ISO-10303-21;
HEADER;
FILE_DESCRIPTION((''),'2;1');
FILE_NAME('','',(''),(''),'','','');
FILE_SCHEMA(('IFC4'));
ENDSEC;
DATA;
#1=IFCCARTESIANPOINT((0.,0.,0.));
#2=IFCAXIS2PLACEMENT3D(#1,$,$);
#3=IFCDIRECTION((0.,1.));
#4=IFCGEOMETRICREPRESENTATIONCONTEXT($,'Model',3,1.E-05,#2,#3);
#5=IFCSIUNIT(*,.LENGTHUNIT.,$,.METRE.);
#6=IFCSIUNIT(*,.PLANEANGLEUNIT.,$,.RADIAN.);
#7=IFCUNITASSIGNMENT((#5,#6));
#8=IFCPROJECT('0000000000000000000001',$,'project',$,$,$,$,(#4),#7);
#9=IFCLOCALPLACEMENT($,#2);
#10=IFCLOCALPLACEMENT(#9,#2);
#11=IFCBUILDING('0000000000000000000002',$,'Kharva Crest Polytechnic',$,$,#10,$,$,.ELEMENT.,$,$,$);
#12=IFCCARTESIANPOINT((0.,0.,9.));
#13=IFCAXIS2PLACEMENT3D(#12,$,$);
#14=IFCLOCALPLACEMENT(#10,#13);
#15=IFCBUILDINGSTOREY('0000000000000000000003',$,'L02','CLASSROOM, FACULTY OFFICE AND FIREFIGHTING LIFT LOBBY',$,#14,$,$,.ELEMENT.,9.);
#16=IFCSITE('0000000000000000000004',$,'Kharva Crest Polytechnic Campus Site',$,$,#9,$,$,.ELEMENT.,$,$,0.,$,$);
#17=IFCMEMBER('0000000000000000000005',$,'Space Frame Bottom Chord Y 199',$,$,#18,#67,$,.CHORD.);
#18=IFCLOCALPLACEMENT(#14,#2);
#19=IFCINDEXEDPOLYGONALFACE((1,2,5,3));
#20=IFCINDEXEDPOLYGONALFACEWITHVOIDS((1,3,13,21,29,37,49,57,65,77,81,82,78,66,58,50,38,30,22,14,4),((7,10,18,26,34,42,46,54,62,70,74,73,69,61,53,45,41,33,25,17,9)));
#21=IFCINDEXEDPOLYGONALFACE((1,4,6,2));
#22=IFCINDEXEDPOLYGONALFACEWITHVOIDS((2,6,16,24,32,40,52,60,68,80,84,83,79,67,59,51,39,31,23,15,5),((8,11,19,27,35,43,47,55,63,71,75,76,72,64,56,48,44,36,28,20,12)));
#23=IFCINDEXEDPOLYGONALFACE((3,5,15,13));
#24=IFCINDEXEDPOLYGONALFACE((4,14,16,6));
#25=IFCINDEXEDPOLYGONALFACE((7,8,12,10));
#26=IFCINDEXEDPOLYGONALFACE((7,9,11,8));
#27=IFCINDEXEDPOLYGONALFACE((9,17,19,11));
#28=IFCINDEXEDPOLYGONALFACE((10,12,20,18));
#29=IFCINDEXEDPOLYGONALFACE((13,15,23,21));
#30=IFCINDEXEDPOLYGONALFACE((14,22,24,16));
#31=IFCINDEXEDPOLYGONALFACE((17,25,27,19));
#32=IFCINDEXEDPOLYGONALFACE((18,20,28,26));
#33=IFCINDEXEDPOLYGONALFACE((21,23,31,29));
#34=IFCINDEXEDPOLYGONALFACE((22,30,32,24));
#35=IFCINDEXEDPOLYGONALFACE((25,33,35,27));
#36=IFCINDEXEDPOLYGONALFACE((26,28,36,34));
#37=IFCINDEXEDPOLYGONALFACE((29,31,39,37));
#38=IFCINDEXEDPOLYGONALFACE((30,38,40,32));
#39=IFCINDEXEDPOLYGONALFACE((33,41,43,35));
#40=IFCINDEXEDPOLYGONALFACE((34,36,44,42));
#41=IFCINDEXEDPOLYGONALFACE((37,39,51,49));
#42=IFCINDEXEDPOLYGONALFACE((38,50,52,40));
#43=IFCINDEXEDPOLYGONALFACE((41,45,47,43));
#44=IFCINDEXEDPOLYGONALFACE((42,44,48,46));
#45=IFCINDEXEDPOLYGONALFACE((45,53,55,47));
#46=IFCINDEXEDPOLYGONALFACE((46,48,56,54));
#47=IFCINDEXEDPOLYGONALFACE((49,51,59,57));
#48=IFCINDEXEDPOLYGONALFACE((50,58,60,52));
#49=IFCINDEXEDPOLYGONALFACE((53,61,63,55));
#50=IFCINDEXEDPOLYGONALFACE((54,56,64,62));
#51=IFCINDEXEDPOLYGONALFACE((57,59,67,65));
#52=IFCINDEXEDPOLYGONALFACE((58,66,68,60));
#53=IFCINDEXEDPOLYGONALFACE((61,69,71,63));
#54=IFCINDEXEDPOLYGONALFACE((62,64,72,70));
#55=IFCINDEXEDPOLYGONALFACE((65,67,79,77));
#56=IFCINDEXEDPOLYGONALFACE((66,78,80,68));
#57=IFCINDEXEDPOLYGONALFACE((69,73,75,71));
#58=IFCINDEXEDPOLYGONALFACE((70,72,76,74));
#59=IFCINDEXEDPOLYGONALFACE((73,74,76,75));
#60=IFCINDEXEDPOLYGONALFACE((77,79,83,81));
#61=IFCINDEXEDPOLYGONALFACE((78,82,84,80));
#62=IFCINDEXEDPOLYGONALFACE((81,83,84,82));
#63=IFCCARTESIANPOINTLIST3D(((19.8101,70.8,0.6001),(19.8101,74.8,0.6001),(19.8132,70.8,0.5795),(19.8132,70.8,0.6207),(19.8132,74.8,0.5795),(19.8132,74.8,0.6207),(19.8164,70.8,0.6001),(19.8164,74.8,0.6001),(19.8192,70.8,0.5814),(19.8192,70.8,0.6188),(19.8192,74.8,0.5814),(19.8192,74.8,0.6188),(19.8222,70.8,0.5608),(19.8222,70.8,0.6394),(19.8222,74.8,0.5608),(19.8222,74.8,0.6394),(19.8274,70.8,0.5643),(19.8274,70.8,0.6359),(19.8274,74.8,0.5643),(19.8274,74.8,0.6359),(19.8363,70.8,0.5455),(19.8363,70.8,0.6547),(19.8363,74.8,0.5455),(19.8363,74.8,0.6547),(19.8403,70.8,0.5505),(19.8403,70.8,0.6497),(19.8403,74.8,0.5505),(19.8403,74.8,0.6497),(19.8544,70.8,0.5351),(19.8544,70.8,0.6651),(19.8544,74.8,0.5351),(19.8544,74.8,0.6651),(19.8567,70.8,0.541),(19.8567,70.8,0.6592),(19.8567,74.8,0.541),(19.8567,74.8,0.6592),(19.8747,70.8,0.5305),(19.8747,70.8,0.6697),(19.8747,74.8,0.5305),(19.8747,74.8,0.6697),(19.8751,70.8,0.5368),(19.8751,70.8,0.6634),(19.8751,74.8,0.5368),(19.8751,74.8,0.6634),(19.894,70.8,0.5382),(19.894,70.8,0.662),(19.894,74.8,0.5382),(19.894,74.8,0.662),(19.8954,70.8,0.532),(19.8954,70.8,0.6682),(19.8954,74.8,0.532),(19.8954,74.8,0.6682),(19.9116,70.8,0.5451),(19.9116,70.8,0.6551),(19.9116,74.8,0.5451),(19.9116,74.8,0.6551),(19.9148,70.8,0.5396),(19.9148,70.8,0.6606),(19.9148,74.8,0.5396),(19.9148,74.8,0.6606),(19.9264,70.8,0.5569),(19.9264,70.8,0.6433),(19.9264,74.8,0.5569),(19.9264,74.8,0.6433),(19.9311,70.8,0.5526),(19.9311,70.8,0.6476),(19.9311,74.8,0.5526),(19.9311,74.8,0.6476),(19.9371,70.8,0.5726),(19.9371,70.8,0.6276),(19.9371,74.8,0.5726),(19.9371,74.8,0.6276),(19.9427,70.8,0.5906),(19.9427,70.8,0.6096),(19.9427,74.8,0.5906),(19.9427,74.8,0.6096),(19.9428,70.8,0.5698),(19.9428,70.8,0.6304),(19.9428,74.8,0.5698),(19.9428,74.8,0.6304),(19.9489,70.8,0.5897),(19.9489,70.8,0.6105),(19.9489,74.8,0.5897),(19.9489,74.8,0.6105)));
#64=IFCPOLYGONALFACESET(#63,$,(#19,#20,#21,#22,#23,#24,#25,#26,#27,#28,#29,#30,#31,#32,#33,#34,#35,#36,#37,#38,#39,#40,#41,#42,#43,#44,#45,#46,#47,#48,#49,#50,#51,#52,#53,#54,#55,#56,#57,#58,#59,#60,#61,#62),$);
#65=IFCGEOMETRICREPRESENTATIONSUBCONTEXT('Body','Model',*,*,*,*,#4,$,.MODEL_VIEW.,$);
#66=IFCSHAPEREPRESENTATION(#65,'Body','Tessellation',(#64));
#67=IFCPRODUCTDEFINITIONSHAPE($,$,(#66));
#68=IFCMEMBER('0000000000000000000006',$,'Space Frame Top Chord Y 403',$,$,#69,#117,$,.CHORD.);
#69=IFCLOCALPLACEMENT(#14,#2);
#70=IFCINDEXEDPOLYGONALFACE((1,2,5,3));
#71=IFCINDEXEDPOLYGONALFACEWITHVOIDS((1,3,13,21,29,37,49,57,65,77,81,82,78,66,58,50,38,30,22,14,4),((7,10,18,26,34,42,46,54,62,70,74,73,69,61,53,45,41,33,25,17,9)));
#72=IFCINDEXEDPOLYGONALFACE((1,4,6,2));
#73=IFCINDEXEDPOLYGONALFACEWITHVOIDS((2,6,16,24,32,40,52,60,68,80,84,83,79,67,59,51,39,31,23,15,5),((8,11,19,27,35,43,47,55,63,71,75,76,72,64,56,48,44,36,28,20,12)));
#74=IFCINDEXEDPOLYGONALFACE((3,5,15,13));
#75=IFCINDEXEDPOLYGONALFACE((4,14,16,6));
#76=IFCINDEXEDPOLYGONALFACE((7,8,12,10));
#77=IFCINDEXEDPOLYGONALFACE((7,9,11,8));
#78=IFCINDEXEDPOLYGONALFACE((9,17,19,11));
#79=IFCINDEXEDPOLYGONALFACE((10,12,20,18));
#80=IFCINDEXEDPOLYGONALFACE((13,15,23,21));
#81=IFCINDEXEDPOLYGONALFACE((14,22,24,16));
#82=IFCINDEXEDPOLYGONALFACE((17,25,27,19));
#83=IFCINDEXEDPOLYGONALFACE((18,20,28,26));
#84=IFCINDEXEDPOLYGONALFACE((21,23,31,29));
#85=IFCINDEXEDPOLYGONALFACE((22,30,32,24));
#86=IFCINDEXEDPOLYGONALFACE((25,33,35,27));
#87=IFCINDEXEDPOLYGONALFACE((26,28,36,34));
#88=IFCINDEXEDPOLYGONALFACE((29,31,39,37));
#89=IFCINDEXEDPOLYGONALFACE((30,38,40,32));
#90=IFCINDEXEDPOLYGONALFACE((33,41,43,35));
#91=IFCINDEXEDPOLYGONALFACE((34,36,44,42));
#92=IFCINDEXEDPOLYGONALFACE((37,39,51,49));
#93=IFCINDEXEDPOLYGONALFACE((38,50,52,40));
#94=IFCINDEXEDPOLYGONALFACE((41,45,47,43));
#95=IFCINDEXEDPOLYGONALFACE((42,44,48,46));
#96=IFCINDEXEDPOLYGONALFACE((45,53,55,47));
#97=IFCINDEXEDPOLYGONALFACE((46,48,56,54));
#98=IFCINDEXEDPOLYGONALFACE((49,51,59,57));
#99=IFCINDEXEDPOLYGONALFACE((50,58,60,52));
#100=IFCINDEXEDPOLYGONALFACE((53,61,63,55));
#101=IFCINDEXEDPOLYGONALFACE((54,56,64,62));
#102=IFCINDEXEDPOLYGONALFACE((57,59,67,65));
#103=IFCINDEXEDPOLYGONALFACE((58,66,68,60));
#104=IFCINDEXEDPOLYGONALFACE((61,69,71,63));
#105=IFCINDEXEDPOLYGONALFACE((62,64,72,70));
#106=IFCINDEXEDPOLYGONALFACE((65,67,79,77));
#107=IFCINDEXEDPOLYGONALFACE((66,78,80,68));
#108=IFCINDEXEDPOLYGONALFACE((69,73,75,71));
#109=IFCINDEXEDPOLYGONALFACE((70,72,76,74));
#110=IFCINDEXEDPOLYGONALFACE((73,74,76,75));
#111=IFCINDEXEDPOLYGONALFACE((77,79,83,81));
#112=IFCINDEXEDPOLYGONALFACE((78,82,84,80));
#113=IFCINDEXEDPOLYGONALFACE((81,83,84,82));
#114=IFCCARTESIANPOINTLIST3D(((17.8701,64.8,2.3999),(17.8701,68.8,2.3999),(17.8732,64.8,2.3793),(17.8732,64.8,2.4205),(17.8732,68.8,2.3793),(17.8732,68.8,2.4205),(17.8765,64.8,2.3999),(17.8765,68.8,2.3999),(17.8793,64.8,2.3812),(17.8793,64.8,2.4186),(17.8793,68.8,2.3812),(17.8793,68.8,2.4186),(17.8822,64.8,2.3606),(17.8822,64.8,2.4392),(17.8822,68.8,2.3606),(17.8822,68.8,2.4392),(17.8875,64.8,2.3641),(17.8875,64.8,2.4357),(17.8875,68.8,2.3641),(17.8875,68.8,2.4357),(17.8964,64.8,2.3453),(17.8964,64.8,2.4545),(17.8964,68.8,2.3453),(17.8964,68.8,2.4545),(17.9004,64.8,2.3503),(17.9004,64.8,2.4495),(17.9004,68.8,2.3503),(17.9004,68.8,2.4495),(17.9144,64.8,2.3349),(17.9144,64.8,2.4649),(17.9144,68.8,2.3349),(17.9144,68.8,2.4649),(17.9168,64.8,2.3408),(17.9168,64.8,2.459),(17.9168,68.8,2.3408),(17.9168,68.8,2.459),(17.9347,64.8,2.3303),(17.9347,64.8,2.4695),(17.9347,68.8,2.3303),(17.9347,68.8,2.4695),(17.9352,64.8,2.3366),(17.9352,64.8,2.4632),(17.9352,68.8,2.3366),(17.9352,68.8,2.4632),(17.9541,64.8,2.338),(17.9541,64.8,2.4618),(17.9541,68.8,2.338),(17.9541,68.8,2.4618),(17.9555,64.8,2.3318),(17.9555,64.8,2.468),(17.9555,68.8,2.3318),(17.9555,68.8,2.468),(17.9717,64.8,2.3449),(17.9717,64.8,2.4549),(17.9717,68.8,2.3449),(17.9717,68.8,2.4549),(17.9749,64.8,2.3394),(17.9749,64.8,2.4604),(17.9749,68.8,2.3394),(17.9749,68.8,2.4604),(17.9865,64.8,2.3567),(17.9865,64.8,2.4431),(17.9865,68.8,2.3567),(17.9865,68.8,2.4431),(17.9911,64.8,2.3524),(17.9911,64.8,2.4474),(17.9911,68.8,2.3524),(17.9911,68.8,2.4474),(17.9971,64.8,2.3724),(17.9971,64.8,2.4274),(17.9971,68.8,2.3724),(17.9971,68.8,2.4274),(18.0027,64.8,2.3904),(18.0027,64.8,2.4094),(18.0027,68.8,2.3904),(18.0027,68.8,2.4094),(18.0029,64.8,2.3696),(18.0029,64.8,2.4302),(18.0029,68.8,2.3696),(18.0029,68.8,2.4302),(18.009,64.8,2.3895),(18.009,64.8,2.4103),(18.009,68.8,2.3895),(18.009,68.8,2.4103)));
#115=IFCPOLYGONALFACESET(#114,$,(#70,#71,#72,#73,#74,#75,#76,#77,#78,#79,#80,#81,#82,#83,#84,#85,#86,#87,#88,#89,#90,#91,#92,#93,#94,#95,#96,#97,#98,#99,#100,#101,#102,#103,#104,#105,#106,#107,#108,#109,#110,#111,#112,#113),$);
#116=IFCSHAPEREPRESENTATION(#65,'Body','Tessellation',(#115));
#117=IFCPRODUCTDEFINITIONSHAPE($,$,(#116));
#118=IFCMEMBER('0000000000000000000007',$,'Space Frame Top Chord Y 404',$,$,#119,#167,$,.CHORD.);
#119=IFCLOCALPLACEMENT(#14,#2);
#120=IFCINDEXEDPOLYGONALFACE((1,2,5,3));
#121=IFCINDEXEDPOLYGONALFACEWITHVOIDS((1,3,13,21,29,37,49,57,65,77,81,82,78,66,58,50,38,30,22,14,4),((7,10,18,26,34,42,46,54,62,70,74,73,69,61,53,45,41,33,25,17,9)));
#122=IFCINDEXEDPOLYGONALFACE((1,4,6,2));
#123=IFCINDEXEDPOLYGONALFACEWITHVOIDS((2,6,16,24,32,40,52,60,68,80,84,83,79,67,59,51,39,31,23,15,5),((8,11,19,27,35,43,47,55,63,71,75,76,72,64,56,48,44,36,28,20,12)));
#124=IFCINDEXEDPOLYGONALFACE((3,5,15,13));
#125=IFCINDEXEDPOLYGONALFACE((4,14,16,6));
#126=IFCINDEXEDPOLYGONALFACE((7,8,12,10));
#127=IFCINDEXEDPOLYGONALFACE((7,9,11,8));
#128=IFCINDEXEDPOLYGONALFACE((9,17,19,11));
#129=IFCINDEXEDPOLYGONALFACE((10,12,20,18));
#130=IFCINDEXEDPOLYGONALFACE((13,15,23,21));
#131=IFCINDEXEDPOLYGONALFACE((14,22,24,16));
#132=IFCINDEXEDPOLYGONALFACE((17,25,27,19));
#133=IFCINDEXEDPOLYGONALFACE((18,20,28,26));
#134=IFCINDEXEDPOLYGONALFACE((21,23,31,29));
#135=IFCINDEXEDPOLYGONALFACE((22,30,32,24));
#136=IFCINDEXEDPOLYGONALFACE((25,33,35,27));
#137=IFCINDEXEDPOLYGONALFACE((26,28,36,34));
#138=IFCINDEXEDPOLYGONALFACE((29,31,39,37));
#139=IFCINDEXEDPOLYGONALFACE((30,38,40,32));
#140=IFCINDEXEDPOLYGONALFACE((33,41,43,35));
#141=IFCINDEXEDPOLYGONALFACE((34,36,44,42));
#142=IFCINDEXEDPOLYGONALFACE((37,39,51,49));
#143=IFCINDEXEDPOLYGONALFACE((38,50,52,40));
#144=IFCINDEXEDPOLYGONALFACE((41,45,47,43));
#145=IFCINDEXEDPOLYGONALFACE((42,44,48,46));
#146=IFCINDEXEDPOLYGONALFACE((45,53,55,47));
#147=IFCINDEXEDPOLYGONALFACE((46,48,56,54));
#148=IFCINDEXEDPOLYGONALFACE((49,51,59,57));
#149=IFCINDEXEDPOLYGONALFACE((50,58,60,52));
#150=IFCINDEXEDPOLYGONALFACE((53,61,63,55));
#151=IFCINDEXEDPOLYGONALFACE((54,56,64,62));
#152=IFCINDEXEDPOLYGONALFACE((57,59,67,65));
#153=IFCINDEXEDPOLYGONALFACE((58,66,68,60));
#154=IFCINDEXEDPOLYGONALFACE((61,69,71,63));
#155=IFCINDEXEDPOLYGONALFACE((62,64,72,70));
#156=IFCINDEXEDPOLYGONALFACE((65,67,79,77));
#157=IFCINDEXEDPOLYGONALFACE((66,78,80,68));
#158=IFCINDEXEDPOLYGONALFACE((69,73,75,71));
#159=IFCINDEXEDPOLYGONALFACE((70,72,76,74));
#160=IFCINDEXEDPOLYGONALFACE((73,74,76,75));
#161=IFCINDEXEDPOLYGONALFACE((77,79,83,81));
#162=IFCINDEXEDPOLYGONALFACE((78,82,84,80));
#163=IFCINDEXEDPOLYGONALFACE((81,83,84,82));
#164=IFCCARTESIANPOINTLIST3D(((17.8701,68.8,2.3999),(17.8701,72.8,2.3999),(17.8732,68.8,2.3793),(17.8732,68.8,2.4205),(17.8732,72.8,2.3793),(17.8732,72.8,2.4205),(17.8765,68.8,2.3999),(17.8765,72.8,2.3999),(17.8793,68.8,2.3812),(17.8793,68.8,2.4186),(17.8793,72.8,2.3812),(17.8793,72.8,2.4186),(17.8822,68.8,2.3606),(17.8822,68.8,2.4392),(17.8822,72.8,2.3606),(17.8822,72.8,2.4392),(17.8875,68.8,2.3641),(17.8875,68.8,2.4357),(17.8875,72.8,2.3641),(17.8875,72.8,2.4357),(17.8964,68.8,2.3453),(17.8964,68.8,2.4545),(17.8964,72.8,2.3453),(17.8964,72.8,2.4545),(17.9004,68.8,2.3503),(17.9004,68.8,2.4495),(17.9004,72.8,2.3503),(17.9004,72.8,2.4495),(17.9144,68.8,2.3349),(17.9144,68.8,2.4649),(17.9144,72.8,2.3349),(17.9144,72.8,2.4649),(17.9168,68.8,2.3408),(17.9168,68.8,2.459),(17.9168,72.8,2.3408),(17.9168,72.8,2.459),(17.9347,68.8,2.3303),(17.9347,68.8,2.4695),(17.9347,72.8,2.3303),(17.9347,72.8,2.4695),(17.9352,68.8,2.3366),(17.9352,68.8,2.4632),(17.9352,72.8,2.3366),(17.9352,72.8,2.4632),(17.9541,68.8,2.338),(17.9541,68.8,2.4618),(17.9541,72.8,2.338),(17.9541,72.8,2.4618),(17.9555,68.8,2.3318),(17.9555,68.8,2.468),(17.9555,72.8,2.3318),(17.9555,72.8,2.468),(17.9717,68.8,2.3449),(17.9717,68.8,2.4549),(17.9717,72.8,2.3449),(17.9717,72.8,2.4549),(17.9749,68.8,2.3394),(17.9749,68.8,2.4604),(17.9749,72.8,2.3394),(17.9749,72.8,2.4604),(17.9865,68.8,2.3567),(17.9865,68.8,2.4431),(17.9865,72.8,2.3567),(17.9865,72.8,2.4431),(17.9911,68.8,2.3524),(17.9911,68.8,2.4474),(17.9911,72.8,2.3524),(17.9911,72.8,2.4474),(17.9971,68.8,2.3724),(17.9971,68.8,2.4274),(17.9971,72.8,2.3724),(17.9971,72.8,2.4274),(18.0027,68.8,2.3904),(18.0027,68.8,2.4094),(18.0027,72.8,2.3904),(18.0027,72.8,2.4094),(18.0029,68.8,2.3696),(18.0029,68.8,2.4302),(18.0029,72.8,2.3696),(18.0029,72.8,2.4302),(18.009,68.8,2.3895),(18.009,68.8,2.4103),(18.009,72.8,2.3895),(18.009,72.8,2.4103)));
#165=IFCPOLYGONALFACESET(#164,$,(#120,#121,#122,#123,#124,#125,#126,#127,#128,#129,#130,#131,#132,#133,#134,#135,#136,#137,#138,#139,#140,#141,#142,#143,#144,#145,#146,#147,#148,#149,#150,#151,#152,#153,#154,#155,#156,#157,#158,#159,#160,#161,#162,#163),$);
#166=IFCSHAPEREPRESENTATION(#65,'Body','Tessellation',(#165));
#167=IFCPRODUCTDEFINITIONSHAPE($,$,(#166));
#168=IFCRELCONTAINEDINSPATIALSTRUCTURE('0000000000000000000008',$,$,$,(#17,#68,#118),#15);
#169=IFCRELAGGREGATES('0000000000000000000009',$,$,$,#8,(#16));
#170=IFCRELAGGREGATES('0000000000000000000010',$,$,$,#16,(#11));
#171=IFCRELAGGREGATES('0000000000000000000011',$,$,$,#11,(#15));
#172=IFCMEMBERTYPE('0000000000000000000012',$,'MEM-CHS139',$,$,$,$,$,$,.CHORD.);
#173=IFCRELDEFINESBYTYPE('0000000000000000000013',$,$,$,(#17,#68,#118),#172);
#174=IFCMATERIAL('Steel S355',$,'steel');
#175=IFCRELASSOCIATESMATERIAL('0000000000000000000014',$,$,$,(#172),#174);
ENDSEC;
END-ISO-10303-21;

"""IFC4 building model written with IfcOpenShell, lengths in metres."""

from ifc_helpers import new_model, si_unit, direction, frame, origin, origin_2d, place, context, subcontext, project, spatial, hollow_circle, extrude, material, material_profile, profile_set, type_object, element, save


model = new_model("IFC4")

# Units and contexts
model_context = context("Model", 3, precision=1e-05, world=origin(), true_north=direction((0.0, 1.0)))
body_context = subcontext(model_context, "Body", "Model", "MODEL_VIEW")
ifc_project = project(units=[si_unit("LENGTHUNIT", "METRE"), si_unit("PLANEANGLEUNIT", "RADIAN")], contexts=[model_context])

# Site, building, storey
site_placement = place(None, origin())
site = spatial("IfcSite", under=ifc_project, at=site_placement, Name="Kharva Crest Polytechnic Campus Site", CompositionType="ELEMENT", RefElevation=0.0)
building_placement = place(site_placement, origin())
building = spatial("IfcBuilding", under=site, at=building_placement, Name="Kharva Crest Polytechnic", CompositionType="ELEMENT")
storey_placement = place(building_placement, frame((0.0, 0.0, 9.0)))
storey = spatial("IfcBuildingStorey", under=building, at=storey_placement, Name="L02", Description="CLASSROOM, FACULTY OFFICE AND FIREFIGHTING LIFT LOBBY", CompositionType="ELEMENT", Elevation=9.0)

# Shared definitions
ifc_material_1 = material(Name="Steel S355", Category="steel")

# Members
ifc_material_profile_1 = material_profile(ifc_material_1, hollow_circle(Radius=0.0698, WallThickness=0.0063, at=origin_2d()), Name="CHS 139.7X6.3")
ifc_profile_set_1 = profile_set([ifc_material_profile_1], Name="Steel S355")
member_type_1 = type_object("IfcMemberType", Name="MEM-CHS139", PredefinedType="CHORD", material=ifc_profile_set_1)
for number, where, z_axis, x_axis, name in (
    (1, (19.8799, 70.8, 0.6001), (0.0, 1.0, 0.0), (-1.0, 0.0, 0.0), "Space Frame Bottom Chord Y 199"),
    (2, (17.9399, 64.8, 2.3999), (0.0, 1.0, 0.0), (-1.0, 0.0, 0.0), "Space Frame Top Chord Y 403"),
    (3, (17.9399, 68.8, 2.3999), (0.0, 1.0, 0.0), (-1.0, 0.0, 0.0), "Space Frame Top Chord Y 404"),
):
    element("IfcMember", number, at=place(storey_placement, frame(where, z_axis=z_axis, x_axis=x_axis)), inside=storey, type_object=member_type_1, Name=name, PredefinedType="CHORD", context=body_context, shape_type="SweptSolid", body=[
        extrude(hollow_circle(Radius=0.0698, WallThickness=0.0063, at=origin_2d()), origin(), (0.0, 0.0, 1.0), 4.0),
    ])

save(model, "model.ifc")
